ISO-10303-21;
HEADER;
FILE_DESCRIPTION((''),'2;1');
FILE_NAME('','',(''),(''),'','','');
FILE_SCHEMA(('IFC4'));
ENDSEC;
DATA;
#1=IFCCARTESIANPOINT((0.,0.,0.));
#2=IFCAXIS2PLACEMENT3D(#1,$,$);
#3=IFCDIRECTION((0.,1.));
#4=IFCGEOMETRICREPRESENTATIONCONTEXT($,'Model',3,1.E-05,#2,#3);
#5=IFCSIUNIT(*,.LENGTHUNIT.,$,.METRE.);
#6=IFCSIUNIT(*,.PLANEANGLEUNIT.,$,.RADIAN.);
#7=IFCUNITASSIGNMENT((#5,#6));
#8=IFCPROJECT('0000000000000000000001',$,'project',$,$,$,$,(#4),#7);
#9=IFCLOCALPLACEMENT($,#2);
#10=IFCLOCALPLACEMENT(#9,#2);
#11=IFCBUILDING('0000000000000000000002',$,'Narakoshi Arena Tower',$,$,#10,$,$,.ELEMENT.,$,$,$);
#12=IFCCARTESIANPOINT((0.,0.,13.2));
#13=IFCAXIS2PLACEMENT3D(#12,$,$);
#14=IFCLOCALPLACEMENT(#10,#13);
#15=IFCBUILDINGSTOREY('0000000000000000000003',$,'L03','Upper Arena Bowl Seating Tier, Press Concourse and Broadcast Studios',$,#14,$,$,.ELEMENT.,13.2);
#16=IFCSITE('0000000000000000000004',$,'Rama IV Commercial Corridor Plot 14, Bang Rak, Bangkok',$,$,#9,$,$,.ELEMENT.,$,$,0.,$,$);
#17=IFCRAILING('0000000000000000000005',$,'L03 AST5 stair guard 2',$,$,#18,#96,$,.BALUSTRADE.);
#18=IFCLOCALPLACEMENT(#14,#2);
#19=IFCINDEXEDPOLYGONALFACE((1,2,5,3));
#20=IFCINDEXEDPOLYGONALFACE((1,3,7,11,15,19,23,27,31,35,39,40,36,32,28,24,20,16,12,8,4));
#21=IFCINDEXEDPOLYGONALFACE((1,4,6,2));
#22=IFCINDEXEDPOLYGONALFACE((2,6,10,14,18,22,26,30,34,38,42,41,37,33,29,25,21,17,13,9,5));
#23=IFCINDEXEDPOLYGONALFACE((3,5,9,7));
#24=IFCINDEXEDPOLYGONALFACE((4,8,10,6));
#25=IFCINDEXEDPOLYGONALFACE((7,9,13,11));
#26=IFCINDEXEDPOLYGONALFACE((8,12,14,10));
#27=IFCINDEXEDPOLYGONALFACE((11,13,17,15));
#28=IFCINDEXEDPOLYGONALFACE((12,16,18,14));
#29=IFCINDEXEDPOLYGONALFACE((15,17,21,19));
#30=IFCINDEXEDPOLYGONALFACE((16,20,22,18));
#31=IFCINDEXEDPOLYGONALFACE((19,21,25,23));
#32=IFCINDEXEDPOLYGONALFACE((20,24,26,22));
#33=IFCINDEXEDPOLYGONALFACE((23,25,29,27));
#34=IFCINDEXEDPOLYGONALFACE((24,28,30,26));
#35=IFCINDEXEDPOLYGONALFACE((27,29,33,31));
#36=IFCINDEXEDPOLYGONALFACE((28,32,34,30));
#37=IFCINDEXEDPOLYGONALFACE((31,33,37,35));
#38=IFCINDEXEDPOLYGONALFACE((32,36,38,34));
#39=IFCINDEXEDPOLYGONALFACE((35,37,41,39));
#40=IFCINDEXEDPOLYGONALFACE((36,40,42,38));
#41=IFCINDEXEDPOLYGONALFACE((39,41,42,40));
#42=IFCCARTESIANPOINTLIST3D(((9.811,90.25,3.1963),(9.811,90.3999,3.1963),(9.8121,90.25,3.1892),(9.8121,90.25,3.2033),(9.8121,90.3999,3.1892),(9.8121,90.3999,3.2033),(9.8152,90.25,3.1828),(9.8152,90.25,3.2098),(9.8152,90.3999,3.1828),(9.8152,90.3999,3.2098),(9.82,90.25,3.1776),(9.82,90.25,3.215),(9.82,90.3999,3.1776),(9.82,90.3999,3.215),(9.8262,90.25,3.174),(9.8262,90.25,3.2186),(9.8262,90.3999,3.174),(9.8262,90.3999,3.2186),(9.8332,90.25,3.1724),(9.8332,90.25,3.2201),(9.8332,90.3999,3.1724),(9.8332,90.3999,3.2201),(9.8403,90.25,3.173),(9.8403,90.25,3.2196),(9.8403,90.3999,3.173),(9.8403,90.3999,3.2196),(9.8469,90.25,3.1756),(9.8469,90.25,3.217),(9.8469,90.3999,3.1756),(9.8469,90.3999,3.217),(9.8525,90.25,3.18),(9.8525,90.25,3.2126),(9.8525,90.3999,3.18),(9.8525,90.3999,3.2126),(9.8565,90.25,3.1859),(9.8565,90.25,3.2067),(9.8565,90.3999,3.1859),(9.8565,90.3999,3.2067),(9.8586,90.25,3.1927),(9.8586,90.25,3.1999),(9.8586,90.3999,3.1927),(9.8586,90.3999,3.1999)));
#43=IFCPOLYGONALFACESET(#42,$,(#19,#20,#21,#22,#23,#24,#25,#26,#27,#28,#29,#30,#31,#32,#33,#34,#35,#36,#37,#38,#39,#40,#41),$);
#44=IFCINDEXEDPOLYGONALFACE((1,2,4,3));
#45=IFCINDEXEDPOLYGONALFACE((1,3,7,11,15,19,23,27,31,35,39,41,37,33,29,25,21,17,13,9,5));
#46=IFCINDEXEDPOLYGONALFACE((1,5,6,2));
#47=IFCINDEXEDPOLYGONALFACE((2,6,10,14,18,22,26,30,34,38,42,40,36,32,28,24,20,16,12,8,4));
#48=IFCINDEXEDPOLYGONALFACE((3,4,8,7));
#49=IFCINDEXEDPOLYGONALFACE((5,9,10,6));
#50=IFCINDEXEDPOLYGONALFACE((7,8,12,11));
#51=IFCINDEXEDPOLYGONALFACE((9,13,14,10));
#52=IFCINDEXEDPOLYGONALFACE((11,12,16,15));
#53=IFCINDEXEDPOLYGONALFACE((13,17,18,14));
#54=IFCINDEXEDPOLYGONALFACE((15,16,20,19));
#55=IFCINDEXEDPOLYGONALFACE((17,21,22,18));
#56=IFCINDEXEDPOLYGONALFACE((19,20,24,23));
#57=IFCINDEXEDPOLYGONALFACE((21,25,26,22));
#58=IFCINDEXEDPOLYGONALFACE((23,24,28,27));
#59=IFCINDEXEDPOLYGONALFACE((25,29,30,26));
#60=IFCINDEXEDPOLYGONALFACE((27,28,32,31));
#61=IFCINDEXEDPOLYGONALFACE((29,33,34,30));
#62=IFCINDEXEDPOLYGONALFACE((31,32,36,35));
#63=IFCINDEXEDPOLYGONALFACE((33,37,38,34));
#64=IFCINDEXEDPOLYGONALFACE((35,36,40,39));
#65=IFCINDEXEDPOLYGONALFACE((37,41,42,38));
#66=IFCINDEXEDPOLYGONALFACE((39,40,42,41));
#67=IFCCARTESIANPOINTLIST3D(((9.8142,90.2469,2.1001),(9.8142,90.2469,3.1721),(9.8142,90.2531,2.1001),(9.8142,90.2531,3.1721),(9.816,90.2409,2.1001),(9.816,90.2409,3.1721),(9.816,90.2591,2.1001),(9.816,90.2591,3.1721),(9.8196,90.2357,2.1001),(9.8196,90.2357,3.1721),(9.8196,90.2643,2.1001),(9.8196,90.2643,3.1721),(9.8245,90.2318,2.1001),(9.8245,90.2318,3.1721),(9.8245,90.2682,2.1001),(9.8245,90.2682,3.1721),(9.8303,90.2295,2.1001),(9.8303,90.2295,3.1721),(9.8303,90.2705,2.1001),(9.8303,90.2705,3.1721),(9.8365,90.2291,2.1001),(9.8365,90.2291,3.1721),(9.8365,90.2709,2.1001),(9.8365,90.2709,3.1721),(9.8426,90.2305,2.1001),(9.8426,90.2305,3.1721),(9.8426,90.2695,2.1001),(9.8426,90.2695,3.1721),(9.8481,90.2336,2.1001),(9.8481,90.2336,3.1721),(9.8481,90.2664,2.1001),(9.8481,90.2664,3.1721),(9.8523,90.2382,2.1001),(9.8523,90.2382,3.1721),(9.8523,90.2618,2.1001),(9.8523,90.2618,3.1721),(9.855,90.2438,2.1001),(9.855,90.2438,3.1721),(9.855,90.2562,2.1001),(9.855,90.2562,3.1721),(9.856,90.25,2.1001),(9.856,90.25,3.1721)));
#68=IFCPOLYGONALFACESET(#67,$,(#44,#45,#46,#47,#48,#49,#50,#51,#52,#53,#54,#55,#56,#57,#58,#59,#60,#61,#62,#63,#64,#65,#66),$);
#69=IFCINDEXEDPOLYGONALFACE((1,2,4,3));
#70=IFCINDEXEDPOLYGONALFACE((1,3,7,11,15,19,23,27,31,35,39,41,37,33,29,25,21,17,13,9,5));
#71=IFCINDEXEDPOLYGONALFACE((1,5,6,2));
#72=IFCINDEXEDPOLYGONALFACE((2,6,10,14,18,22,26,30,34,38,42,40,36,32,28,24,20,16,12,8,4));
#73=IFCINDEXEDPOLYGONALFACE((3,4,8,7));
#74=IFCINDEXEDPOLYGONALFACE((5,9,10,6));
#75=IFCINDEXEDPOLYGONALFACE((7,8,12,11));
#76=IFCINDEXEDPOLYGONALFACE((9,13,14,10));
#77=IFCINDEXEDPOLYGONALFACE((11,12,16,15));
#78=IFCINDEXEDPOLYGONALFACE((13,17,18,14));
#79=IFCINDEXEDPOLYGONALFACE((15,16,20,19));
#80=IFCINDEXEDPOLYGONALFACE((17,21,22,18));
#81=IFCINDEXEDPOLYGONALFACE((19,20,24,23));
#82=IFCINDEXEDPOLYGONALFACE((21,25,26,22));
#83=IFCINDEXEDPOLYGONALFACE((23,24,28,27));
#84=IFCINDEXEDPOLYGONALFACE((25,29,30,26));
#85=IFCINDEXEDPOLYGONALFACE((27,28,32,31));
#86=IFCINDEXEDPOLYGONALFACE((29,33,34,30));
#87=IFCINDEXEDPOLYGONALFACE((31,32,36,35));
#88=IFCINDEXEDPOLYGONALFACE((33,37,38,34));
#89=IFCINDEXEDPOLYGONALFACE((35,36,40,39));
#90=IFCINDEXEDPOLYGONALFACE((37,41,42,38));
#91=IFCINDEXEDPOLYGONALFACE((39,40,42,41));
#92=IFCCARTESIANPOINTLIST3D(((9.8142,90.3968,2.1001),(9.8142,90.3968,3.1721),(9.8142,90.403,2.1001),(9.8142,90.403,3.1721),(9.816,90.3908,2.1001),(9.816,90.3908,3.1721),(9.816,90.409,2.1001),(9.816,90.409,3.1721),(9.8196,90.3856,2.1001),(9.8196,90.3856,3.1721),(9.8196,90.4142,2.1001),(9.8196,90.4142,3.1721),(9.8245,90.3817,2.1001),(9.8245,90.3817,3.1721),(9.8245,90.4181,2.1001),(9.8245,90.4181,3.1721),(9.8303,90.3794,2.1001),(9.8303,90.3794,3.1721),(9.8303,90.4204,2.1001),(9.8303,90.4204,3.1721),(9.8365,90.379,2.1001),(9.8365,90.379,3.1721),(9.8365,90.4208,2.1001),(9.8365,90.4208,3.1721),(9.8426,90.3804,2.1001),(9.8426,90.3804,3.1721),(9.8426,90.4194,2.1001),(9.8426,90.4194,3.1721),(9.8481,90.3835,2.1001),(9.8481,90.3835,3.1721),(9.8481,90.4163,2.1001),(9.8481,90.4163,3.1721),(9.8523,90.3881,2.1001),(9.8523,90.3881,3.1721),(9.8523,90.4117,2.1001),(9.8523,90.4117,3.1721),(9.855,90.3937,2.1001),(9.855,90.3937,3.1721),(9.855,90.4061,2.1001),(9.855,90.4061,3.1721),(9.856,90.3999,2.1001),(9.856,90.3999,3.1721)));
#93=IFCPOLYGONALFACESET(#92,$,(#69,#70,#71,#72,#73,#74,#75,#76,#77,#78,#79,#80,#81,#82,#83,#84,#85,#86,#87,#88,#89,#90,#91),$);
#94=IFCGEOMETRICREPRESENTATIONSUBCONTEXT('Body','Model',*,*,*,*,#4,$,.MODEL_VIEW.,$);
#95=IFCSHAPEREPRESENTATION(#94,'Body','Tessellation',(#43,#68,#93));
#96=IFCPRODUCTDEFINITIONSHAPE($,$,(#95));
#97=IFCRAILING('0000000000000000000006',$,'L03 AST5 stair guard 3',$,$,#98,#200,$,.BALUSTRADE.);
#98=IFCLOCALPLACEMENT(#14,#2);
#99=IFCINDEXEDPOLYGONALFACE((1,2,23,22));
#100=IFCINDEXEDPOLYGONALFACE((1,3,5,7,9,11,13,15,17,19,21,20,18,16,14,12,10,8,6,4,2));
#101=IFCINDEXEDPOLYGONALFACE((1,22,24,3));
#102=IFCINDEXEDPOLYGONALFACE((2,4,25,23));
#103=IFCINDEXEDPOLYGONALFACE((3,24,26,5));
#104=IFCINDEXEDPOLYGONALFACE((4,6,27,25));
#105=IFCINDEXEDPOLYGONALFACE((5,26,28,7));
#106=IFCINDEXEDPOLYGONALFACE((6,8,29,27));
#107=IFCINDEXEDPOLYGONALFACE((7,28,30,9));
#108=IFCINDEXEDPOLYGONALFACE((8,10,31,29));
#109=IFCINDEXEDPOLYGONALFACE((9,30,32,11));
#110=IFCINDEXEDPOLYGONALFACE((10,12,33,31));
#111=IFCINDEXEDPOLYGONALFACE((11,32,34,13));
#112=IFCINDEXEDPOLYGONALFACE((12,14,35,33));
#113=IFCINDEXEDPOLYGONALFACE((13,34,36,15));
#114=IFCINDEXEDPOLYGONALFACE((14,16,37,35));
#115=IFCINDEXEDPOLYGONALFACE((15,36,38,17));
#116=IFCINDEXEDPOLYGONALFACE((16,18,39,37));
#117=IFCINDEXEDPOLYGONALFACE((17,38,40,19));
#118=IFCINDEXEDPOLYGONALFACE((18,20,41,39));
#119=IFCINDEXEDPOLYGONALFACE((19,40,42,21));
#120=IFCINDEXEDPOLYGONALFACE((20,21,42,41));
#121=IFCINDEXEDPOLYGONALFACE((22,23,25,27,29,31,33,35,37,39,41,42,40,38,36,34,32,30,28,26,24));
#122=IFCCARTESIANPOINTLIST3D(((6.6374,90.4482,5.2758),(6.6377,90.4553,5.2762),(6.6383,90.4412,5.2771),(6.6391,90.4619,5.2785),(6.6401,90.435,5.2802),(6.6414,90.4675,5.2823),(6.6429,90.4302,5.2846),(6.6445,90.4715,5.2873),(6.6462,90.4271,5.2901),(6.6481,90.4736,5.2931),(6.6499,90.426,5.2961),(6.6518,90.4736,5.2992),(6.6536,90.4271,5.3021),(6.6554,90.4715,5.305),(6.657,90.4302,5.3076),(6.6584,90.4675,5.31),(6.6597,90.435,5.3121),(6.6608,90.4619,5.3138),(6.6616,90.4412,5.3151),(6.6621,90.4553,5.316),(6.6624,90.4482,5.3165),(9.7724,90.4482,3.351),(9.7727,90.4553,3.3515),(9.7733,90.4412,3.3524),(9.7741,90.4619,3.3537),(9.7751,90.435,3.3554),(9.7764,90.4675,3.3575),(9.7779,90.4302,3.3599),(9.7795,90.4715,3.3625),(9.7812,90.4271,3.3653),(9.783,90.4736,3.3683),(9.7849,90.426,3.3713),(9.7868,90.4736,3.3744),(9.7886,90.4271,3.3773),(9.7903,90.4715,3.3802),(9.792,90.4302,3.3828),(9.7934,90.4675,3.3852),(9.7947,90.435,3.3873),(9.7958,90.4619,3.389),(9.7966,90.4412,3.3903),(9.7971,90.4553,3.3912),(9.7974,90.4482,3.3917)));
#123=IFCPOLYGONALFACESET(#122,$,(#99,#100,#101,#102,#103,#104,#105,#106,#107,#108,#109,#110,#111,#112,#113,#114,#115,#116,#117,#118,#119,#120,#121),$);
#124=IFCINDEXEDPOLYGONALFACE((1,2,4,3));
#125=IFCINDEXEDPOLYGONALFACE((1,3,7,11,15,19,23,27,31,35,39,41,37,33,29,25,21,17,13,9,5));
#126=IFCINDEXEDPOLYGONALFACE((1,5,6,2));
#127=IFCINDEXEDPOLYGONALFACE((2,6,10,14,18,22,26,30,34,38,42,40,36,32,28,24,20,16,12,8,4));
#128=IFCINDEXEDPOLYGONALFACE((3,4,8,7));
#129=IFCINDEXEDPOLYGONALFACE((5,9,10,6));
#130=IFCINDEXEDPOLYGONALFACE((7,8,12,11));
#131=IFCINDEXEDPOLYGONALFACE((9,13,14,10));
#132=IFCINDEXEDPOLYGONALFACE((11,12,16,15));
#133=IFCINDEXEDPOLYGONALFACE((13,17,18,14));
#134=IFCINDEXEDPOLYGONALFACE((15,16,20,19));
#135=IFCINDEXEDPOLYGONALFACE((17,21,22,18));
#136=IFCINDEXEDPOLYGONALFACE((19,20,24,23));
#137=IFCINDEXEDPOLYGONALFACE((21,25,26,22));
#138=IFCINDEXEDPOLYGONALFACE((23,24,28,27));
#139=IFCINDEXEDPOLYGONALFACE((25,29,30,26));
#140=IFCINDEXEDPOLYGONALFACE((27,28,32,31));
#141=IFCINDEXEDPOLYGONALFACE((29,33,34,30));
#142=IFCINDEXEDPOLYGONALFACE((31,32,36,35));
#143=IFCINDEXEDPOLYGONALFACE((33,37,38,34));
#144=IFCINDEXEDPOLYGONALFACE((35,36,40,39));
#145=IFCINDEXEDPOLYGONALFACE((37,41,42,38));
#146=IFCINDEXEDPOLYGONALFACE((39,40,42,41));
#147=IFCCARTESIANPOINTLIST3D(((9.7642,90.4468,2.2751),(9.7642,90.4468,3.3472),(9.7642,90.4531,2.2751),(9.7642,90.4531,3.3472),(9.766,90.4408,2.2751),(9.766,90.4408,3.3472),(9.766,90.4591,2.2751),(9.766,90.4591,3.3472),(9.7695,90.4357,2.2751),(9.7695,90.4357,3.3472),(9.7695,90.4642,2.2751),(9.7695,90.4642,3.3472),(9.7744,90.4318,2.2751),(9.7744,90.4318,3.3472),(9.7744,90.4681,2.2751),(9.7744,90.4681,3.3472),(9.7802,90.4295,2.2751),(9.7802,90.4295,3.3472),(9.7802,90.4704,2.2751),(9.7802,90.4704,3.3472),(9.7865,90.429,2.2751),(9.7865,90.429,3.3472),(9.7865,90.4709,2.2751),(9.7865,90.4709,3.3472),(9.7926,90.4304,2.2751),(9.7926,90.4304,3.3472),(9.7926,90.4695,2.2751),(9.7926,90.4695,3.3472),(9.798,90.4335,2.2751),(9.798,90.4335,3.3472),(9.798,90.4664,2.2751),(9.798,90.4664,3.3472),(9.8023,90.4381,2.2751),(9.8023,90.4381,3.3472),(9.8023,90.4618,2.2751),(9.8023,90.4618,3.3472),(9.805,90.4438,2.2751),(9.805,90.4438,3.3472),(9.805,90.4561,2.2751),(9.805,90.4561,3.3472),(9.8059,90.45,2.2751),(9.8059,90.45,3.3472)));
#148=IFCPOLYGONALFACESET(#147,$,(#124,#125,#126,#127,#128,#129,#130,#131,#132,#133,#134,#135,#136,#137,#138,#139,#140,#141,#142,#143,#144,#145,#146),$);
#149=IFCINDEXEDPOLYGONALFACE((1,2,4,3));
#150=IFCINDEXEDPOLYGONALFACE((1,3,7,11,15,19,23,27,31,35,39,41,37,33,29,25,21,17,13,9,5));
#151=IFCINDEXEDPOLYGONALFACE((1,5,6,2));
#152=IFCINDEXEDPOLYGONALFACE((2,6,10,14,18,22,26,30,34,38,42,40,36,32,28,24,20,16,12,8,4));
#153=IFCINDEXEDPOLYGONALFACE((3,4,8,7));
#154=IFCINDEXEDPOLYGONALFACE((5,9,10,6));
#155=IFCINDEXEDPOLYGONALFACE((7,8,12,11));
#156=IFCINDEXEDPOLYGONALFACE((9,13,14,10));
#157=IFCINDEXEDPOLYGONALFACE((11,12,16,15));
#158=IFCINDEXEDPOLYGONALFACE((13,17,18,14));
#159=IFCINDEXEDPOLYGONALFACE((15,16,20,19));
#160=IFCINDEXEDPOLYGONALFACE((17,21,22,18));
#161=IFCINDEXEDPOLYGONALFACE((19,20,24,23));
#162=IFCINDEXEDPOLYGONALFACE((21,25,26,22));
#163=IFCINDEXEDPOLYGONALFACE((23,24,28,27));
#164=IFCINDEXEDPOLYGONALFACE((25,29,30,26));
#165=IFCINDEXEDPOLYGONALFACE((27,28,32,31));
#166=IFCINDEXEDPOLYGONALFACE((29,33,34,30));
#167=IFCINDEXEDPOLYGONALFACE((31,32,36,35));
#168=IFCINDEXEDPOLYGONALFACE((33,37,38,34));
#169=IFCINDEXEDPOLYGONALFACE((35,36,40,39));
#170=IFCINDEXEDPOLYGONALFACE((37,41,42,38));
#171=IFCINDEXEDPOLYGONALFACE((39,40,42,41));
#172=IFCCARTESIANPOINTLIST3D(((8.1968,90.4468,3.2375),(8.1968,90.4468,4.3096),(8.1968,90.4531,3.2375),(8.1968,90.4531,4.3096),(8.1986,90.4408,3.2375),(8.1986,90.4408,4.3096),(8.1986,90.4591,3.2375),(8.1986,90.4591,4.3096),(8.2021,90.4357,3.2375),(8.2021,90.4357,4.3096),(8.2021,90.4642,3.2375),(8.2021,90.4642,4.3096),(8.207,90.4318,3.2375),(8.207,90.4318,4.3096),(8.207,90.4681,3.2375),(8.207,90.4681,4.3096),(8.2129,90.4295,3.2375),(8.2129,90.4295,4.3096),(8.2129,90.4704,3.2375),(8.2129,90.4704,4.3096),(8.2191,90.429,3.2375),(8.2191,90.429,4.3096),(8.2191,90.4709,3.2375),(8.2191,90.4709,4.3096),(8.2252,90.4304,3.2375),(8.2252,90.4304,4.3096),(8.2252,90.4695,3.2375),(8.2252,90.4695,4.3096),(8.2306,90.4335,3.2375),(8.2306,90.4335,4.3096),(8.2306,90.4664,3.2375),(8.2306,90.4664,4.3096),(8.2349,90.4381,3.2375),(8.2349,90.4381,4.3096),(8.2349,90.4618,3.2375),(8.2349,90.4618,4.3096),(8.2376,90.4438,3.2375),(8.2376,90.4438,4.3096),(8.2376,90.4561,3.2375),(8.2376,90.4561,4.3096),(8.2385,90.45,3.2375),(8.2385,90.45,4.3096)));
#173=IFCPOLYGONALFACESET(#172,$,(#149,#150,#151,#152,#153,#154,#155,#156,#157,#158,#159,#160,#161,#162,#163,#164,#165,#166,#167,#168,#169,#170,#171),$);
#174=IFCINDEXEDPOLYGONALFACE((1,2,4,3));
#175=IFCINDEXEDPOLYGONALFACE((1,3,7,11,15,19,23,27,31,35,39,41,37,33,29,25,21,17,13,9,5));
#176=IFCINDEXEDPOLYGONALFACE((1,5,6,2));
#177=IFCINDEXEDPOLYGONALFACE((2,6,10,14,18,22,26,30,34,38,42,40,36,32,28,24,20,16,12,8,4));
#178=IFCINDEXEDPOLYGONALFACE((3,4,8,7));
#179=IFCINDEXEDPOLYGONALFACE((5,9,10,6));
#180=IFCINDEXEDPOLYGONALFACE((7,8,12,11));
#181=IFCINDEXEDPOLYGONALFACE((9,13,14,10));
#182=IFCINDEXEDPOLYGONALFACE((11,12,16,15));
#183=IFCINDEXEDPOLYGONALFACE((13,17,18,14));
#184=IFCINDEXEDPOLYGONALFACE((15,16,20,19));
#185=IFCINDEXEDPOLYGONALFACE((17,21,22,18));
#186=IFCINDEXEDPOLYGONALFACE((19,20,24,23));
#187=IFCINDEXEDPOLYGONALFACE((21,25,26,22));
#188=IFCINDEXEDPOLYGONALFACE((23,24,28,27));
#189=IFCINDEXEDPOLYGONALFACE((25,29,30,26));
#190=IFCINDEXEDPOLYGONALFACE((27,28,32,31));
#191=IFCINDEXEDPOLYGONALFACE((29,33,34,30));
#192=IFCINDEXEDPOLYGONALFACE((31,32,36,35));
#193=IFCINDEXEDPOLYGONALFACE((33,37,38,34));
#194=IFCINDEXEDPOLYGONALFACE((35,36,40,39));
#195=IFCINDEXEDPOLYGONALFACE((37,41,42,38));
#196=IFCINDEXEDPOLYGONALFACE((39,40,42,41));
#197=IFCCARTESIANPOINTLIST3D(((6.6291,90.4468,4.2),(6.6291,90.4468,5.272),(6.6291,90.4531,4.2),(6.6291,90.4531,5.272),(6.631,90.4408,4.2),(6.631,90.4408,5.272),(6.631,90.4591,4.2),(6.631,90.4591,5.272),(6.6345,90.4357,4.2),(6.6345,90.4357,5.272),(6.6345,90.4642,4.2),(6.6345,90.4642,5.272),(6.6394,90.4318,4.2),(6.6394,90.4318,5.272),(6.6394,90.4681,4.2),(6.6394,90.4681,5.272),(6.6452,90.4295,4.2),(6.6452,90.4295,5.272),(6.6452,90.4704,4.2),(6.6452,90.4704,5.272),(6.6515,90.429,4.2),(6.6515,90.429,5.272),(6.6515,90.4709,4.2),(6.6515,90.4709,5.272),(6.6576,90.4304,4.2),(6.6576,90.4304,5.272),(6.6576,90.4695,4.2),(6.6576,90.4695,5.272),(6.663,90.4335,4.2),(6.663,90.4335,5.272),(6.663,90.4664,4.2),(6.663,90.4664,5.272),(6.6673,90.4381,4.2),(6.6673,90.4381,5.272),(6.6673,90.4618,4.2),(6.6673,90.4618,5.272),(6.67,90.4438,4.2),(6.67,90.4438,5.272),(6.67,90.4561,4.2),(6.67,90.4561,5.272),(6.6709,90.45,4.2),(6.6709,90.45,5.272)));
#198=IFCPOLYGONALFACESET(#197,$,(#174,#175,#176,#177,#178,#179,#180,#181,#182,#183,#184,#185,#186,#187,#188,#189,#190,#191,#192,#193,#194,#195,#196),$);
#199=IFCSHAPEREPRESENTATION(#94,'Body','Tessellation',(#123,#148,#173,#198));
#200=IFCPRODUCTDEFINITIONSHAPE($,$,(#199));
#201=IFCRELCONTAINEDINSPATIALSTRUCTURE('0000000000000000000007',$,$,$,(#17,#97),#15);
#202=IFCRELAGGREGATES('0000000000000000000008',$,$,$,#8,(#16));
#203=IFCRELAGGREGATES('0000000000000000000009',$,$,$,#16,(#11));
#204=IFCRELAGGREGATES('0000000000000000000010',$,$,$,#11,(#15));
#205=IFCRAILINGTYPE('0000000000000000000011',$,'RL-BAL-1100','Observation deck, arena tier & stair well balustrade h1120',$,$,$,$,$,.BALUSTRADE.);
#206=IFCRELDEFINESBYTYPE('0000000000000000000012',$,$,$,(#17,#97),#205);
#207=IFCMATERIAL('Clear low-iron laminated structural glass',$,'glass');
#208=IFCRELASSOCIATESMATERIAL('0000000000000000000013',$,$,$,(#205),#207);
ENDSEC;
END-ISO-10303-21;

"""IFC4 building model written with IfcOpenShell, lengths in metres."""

from ifc_helpers import new_model, si_unit, direction, frame, origin, origin_2d, place, context, subcontext, project, spatial, circle, extrude, material, type_object, element, save


model = new_model("IFC4")

# Units and contexts
model_context = context("Model", 3, precision=1e-05, world=origin(), true_north=direction((0.0, 1.0)))
body_context = subcontext(model_context, "Body", "Model", "MODEL_VIEW")
ifc_project = project(units=[si_unit("LENGTHUNIT", "METRE"), si_unit("PLANEANGLEUNIT", "RADIAN")], contexts=[model_context])

# Site, building, storey
site_placement = place(None, origin())
site = spatial("IfcSite", under=ifc_project, at=site_placement, Name="Rama IV Commercial Corridor Plot 14, Bang Rak, Bangkok", CompositionType="ELEMENT", RefElevation=0.0)
building_placement = place(site_placement, origin())
building = spatial("IfcBuilding", under=site, at=building_placement, Name="Narakoshi Arena Tower", CompositionType="ELEMENT")
storey_placement = place(building_placement, frame((0.0, 0.0, 13.2)))
storey = spatial("IfcBuildingStorey", under=building, at=storey_placement, Name="L03", Description="Upper Arena Bowl Seating Tier, Press Concourse and Broadcast Studios", CompositionType="ELEMENT", Elevation=13.2)

# Railings
ifc_material_1 = material(Name="Clear low-iron laminated structural glass", Category="glass")
railing_type_1 = type_object("IfcRailingType", Name="RL-BAL-1100", Description="Observation deck, arena tier & stair well balustrade h1120", PredefinedType="BALUSTRADE", material=ifc_material_1)
railing_1_placement = place(storey_placement, frame((9.835, 90.25, 2.1001)))
element("IfcRailing", 1, at=railing_1_placement, inside=storey, type_object=railing_type_1, Name="L03 AST5 stair guard 2", PredefinedType="BALUSTRADE", context=body_context, shape_type="SweptSolid", body=[
    extrude(circle(Radius=0.0239, at=origin_2d()), frame((0.0, 0.0, 1.0962), z_axis=(0.0, 1.0, 0.0), x_axis=(-1.0, 0.0, 0.0)), (0.0, 0.0, 1.0), 0.1499),
    extrude(circle(Radius=0.021, at=origin_2d()), origin(), (0.0, 0.0, 1.0), 1.072),
    extrude(circle(Radius=0.021, at=origin_2d()), frame((0.0, 0.1499, 0.0)), (0.0, 0.0, 1.0), 1.072),
])
railing_2_placement = place(storey_placement, frame((9.7849, 90.45, 2.2751)))
element("IfcRailing", 2, at=railing_2_placement, inside=storey, type_object=railing_type_1, Name="L03 AST5 stair guard 3", PredefinedType="BALUSTRADE", context=body_context, shape_type="SweptSolid", body=[
    extrude(circle(Radius=0.0239, at=origin_2d()), frame((0.0, 0.0, 1.0962), z_axis=(-0.852196, 0.0, 0.523223), x_axis=(0.0, -1.0, 0.0)), (0.0, 0.0, 1.0), 3.6787),
    extrude(circle(Radius=0.021, at=origin_2d()), origin(), (0.0, 0.0, 1.0), 1.072),
    extrude(circle(Radius=0.021, at=origin_2d()), frame((-1.5674, 0.0, 0.9624)), (0.0, 0.0, 1.0), 1.072),
    extrude(circle(Radius=0.021, at=origin_2d()), frame((-3.135, 0.0, 1.9248)), (0.0, 0.0, 1.0), 1.072),
])

save(model, "model.ifc")
